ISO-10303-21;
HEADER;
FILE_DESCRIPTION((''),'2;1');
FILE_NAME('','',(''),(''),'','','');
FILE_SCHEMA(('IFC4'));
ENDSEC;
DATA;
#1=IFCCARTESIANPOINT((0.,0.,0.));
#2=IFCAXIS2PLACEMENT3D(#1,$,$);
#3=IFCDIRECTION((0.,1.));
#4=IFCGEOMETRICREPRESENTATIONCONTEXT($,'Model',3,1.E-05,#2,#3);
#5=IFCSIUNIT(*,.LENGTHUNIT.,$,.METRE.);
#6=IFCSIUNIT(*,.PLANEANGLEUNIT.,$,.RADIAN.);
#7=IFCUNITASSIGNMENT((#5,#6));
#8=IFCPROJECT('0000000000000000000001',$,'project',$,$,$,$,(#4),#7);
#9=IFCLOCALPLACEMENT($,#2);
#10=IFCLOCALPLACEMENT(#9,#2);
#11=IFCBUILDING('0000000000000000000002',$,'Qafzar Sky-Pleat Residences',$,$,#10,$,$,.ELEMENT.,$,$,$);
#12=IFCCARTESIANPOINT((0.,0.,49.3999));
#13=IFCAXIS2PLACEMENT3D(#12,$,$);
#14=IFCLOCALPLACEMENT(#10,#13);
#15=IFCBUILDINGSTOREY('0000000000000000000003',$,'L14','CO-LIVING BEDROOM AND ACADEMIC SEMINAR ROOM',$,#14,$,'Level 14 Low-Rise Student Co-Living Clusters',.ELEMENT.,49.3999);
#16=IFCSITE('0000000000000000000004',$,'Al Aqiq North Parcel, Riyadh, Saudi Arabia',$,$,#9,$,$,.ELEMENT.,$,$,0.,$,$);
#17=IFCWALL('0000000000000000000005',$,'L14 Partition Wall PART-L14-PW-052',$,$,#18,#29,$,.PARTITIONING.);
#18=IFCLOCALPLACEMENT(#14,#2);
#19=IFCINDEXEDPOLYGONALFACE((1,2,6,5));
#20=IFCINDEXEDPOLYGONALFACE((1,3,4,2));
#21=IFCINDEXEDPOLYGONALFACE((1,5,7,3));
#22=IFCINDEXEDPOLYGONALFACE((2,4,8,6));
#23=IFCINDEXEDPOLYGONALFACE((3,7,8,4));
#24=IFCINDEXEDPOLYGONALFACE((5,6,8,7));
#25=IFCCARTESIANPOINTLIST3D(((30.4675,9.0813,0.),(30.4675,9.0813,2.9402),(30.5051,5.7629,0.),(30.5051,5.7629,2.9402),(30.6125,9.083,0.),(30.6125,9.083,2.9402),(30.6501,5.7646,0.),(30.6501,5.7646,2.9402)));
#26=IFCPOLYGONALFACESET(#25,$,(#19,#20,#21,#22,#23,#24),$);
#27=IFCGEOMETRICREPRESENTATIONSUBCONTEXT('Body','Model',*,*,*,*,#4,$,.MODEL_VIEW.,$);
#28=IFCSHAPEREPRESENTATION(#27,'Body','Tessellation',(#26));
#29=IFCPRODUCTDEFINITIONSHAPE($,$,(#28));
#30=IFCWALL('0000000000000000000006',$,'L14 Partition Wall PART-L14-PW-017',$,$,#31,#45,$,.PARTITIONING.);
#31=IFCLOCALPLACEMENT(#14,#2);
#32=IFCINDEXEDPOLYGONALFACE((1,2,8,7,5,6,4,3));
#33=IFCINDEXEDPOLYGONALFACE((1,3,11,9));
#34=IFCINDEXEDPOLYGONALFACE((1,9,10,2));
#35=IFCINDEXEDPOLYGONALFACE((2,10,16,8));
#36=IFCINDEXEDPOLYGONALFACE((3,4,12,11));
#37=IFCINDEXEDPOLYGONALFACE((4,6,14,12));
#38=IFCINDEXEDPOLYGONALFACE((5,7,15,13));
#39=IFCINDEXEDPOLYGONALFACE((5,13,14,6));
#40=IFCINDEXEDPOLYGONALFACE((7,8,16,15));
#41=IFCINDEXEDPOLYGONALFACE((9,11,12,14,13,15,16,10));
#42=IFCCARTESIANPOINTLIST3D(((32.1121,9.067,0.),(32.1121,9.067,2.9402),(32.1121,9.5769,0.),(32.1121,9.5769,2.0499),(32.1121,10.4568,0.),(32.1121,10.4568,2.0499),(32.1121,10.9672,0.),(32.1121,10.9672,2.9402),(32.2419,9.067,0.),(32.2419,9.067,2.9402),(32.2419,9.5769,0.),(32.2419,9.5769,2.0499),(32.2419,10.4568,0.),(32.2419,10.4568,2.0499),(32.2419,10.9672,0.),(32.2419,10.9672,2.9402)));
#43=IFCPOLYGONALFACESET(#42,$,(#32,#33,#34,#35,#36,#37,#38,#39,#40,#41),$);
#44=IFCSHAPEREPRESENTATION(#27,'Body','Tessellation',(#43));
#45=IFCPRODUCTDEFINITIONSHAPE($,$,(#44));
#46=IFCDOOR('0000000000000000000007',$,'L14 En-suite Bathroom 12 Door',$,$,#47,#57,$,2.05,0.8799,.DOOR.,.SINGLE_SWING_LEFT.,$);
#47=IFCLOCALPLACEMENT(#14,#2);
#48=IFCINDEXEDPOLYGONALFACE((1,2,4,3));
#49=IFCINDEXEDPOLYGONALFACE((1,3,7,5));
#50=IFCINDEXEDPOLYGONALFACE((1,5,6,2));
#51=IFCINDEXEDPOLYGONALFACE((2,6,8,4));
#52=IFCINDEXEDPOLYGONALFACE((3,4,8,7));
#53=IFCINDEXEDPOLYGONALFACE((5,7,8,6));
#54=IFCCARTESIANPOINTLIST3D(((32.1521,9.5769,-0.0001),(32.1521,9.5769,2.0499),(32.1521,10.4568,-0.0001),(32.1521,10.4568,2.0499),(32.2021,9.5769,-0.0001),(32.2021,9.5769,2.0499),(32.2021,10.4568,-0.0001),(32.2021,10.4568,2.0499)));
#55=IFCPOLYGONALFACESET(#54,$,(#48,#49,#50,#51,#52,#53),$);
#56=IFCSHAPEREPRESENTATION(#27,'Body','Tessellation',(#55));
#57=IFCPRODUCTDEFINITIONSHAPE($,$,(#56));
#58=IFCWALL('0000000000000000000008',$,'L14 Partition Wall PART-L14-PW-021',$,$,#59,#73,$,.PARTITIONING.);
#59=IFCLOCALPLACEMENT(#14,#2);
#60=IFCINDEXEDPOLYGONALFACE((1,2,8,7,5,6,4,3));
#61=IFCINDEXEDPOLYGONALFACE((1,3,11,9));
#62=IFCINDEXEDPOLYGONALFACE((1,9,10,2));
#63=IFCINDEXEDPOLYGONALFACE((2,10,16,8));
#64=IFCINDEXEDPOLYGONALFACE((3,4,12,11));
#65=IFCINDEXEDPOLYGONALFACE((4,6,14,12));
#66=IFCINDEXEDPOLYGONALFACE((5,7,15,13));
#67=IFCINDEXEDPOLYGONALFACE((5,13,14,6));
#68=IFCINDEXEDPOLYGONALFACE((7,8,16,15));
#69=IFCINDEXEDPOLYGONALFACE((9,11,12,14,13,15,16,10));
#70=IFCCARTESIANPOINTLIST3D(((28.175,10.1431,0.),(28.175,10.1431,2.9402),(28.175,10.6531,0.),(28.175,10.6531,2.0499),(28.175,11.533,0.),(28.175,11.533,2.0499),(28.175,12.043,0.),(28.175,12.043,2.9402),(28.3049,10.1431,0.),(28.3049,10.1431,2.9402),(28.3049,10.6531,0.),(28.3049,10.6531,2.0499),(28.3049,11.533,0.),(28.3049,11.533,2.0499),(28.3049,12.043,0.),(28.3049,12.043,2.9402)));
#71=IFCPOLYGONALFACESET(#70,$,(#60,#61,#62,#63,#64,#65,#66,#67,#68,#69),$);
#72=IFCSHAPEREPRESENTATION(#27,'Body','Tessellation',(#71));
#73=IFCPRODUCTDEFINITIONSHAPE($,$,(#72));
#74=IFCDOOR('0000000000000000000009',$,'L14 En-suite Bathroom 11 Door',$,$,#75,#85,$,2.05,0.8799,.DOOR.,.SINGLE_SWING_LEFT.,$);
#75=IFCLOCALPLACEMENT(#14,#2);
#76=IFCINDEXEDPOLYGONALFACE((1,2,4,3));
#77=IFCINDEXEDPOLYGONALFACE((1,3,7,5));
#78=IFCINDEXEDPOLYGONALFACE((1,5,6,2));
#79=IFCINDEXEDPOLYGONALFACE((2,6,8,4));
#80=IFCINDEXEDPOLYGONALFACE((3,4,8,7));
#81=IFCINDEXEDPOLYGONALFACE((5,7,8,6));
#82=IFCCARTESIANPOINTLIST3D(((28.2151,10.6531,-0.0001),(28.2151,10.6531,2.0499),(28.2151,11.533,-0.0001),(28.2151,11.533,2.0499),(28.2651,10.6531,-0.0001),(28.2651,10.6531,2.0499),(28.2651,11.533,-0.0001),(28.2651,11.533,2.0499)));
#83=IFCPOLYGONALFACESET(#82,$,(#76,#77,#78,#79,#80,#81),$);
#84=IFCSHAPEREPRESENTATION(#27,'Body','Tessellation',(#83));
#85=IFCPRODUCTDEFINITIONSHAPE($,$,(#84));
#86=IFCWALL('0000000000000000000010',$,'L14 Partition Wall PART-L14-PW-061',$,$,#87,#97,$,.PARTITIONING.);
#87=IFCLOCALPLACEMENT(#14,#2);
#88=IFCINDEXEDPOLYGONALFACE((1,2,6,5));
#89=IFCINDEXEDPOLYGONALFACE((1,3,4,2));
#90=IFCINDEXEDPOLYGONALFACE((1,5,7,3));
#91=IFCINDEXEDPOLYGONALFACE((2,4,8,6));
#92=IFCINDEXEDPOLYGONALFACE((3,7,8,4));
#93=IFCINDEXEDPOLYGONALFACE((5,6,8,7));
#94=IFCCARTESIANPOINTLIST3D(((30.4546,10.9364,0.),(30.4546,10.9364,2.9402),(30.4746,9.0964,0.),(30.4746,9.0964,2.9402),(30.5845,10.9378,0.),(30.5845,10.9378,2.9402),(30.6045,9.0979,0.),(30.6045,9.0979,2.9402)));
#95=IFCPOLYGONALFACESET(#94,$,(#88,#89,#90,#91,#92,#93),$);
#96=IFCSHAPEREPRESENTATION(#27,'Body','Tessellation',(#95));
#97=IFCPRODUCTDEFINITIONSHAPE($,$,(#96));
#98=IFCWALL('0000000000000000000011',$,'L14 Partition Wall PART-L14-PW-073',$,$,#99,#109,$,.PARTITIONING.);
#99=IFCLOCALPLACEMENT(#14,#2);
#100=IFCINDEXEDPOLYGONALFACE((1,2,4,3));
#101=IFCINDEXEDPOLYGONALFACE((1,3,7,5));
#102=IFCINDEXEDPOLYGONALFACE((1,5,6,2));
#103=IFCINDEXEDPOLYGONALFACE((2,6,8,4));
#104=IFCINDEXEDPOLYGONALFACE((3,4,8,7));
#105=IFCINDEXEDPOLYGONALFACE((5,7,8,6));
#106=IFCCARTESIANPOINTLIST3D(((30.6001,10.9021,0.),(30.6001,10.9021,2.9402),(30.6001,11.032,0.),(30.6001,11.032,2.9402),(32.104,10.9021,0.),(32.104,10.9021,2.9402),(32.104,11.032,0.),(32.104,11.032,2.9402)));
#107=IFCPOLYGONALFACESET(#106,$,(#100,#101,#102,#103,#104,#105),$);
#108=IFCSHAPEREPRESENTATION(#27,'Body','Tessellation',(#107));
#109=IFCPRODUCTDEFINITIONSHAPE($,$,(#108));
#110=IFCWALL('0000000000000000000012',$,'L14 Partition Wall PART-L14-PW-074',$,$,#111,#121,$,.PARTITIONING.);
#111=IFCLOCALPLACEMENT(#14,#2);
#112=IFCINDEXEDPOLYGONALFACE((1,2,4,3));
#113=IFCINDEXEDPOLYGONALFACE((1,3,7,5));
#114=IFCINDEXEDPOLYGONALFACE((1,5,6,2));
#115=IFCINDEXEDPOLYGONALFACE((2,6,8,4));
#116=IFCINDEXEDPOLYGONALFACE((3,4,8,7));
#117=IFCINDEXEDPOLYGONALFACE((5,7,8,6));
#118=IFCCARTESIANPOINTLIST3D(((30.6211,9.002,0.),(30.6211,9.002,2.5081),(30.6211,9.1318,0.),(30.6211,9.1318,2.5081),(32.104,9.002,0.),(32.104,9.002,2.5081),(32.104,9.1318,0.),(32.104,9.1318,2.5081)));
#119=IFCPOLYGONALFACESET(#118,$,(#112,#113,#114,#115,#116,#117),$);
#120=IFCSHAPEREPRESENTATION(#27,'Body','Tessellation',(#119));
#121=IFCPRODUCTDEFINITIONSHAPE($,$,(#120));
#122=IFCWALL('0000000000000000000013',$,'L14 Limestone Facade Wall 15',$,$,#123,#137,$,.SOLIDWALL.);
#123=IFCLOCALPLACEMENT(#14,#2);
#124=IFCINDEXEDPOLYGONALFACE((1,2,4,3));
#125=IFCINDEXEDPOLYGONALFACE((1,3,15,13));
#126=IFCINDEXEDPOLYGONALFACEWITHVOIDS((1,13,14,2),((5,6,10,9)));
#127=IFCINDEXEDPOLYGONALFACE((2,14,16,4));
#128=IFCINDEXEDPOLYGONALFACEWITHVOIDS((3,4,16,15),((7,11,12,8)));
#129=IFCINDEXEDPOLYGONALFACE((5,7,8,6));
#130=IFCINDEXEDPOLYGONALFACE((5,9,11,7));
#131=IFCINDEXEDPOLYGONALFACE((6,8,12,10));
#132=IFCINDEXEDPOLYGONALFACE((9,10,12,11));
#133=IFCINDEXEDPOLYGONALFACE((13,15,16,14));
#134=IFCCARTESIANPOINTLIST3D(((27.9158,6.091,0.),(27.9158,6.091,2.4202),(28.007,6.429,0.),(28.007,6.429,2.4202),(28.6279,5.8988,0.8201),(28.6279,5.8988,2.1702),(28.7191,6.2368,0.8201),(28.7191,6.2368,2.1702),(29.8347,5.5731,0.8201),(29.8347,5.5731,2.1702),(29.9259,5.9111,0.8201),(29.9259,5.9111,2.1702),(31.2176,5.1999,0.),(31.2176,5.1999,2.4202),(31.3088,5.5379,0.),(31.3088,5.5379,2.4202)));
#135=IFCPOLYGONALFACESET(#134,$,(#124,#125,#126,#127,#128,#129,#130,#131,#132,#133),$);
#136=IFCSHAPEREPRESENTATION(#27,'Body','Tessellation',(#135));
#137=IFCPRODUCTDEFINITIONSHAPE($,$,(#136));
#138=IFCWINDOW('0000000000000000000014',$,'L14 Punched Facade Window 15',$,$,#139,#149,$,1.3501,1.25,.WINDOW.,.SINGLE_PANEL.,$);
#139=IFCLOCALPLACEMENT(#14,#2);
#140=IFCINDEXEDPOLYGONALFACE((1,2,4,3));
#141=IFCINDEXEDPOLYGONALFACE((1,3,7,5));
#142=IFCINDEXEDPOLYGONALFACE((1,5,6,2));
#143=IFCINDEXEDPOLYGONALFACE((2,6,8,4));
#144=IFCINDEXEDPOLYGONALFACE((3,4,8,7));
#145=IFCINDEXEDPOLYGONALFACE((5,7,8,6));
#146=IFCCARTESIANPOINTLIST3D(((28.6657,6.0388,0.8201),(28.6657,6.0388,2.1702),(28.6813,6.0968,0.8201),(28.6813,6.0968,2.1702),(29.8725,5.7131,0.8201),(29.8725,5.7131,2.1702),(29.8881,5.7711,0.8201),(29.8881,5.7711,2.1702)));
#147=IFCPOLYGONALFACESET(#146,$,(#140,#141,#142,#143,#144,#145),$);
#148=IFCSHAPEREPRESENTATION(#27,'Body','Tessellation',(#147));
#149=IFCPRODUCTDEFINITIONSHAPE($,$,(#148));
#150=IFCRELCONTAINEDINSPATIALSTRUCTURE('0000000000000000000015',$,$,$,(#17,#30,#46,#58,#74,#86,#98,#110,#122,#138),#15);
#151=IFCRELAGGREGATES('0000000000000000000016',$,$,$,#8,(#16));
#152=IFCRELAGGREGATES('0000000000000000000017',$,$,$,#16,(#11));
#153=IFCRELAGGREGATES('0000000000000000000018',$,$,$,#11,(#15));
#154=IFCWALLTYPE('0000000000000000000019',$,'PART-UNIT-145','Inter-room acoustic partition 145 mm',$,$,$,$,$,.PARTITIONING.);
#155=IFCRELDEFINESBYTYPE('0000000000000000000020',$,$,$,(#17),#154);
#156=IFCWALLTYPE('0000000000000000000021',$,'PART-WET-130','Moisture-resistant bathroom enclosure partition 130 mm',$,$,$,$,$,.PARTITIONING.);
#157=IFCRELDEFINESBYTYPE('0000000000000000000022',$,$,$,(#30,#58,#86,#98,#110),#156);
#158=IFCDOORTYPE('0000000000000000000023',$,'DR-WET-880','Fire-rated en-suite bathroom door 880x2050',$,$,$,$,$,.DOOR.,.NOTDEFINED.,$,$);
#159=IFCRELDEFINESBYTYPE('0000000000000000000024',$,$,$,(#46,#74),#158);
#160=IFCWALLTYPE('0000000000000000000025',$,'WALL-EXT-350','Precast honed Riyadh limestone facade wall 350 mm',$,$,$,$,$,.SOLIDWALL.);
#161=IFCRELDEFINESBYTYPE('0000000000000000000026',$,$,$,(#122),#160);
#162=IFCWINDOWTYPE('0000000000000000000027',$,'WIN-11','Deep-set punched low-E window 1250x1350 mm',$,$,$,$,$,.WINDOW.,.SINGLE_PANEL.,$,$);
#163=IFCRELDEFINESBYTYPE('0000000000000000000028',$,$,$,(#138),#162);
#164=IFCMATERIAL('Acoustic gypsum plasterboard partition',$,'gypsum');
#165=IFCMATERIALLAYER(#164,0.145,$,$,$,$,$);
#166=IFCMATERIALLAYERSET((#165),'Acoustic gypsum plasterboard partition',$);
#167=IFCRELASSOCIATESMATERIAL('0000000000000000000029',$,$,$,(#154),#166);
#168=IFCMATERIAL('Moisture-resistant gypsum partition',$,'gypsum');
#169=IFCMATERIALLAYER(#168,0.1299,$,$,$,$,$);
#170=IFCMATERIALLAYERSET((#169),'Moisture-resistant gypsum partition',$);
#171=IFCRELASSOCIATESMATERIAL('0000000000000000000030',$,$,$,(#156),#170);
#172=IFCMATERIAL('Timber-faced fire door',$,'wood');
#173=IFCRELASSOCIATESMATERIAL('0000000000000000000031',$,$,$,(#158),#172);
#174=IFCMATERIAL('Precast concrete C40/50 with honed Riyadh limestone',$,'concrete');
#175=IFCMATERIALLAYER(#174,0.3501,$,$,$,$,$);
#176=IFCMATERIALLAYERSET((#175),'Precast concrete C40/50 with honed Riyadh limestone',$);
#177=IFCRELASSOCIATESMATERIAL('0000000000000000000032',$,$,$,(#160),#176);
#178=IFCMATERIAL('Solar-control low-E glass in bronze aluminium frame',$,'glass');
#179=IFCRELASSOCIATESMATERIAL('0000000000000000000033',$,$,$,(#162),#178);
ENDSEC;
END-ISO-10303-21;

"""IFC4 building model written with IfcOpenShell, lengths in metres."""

from ifc_helpers import new_model, si_unit, direction, frame, frame_2d, origin, place, context, subcontext, project, spatial, rectangle, extrude, source, transform, mapped, material, layer, layer_set, type_object, element, fill, save


model = new_model("IFC4")

# Units and contexts
model_context = context("Model", 3, precision=1e-05, world=origin(), true_north=direction((0.0, 1.0)))
body_context = subcontext(model_context, "Body", "Model", "MODEL_VIEW")
ifc_project = project(units=[si_unit("LENGTHUNIT", "METRE"), si_unit("PLANEANGLEUNIT", "RADIAN")], contexts=[model_context])

# Site, building, storey
site_placement = place(None, origin())
site = spatial("IfcSite", under=ifc_project, at=site_placement, Name="Al Aqiq North Parcel, Riyadh, Saudi Arabia", CompositionType="ELEMENT", RefElevation=0.0)
building_placement = place(site_placement, origin())
building = spatial("IfcBuilding", under=site, at=building_placement, Name="Qafzar Sky-Pleat Residences", CompositionType="ELEMENT")
storey_placement = place(building_placement, frame((0.0, 0.0, 49.3999)))
storey = spatial("IfcBuildingStorey", under=building, at=storey_placement, Name="L14", Description="CO-LIVING BEDROOM AND ACADEMIC SEMINAR ROOM", LongName="Level 14 Low-Rise Student Co-Living Clusters", CompositionType="ELEMENT", Elevation=49.3999)

# Shared definitions
ifc_material_1 = material(Name="Acoustic gypsum plasterboard partition", Category="gypsum")
ifc_material_2 = material(Name="Timber-faced fire door", Category="wood")

# Wall
ifc_layer_1 = layer(ifc_material_1, 0.145)
ifc_layer_set_1 = layer_set([ifc_layer_1], Name="Acoustic gypsum plasterboard partition")
wall_type_1 = type_object("IfcWallType", Name="PART-UNIT-145", Description="Inter-room acoustic partition 145 mm", PredefinedType="PARTITIONING", material=ifc_layer_set_1)
wall_1_placement = place(storey_placement, frame((30.54, 9.082, 0.0), z_axis=(0.0, 0.0, 1.0), x_axis=(0.011329, -0.999936, 0.0)))
element("IfcWall", 1, at=wall_1_placement, inside=storey, type_object=wall_type_1, Name="L14 Partition Wall PART-L14-PW-052", PredefinedType="PARTITIONING", context=body_context, shape_type="SweptSolid", body=[
    extrude(rectangle(XDim=3.3186, YDim=0.145, at=frame_2d((1.6592, 0.0))), origin(), (0.0, 0.0, 1.0), 2.9402),
])

# Walls, openings, doors
ifc_material_3 = material(Name="Moisture-resistant gypsum partition", Category="gypsum")
ifc_layer_2 = layer(ifc_material_3, 0.1299)
ifc_layer_set_2 = layer_set([ifc_layer_2], Name="Moisture-resistant gypsum partition")
wall_type_2 = type_object("IfcWallType", Name="PART-WET-130", Description="Moisture-resistant bathroom enclosure partition 130 mm", PredefinedType="PARTITIONING", material=ifc_layer_set_2)
wall_2_placement = place(storey_placement, frame((32.177, 9.0669, 0.0), z_axis=(0.0, 0.0, 1.0), x_axis=(0.0, 1.0, 0.0)))
wall_2 = element("IfcWall", 2, at=wall_2_placement, inside=storey, type_object=wall_type_2, Name="L14 Partition Wall PART-L14-PW-017", PredefinedType="PARTITIONING", context=body_context, shape_type="SweptSolid", body=[
    extrude(rectangle(XDim=1.9001, YDim=0.1299, at=frame_2d((0.9502, 0.0))), origin(), (0.0, 0.0, 1.0), 2.9402),
])
opening_1_placement = place(wall_2_placement, frame((0.51, 0.0, 0.0)))
opening_1 = element("IfcOpeningElement", 3, at=opening_1_placement, cuts=wall_2, PredefinedType="OPENING", context=body_context, shape_type="SweptSolid", body=[
    extrude(rectangle(XDim=0.8799, YDim=2.05, at=frame_2d((0.4399, 1.0249))), frame((0.0, 0.075, 0.0), z_axis=(0.0, -1.0, 0.0), x_axis=(1.0, 0.0, 0.0)), (0.0, 0.0, 1.0), 0.1499),
])
door_type_1 = type_object("IfcDoorType", Name="DR-WET-880", Description="Fire-rated en-suite bathroom door 880x2050", OperationType="NOTDEFINED", PredefinedType="DOOR", material=ifc_material_2)
shared_shape_1 = source(origin(), body_context, "Body", "SweptSolid", [
    extrude(rectangle(XDim=0.8799, YDim=2.05, at=frame_2d((0.4399, 1.0249))), frame((0.0, 0.0249, 0.0), z_axis=(0.0, -1.0, 0.0), x_axis=(1.0, 0.0, 0.0)), (0.0, 0.0, 1.0), 0.05),
])
door_1_placement = place(opening_1_placement, origin())
door_1 = element("IfcDoor", 4, at=door_1_placement, inside=storey, type_object=door_type_1, Name="L14 En-suite Bathroom 12 Door", OperationType="SINGLE_SWING_LEFT", OverallHeight=2.05, OverallWidth=0.8799, PredefinedType="DOOR", context=body_context, shape_type="MappedRepresentation", body=[
    mapped(shared_shape_1, transform((0.0, 0.0, 0.0), x_axis=(1.0, 0.0, 0.0), y_axis=(0.0, 1.0, 0.0), z_axis=(0.0, 0.0, 1.0), scale=1.0)),
])
fill(opening_1, door_1)
wall_3_placement = place(storey_placement, frame((28.24, 10.1431, 0.0), z_axis=(0.0, 0.0, 1.0), x_axis=(0.0, 1.0, 0.0)))
wall_3 = element("IfcWall", 5, at=wall_3_placement, inside=storey, type_object=wall_type_2, Name="L14 Partition Wall PART-L14-PW-021", PredefinedType="PARTITIONING", context=body_context, shape_type="SweptSolid", body=[
    extrude(rectangle(XDim=1.8999, YDim=0.1299, at=frame_2d((0.95, 0.0))), origin(), (0.0, 0.0, 1.0), 2.9402),
])
opening_2_placement = place(wall_3_placement, frame((0.51, 0.0, 0.0)))
opening_2 = element("IfcOpeningElement", 6, at=opening_2_placement, cuts=wall_3, PredefinedType="OPENING", context=body_context, shape_type="SweptSolid", body=[
    extrude(rectangle(XDim=0.8799, YDim=2.05, at=frame_2d((0.4399, 1.0249))), frame((0.0, 0.075, 0.0), z_axis=(0.0, -1.0, 0.0), x_axis=(1.0, 0.0, 0.0)), (0.0, 0.0, 1.0), 0.1499),
])
door_2_placement = place(opening_2_placement, origin())
door_2 = element("IfcDoor", 7, at=door_2_placement, inside=storey, type_object=door_type_1, Name="L14 En-suite Bathroom 11 Door", OperationType="SINGLE_SWING_LEFT", OverallHeight=2.05, OverallWidth=0.8799, PredefinedType="DOOR", context=body_context, shape_type="MappedRepresentation", body=[
    mapped(shared_shape_1, transform((0.0, 0.0, 0.0), x_axis=(1.0, 0.0, 0.0), y_axis=(0.0, 1.0, 0.0), z_axis=(0.0, 0.0, 1.0), scale=1.0)),
])
fill(opening_2, door_2)

# Walls
wall_4_placement = place(storey_placement, frame((30.5195, 10.937, 0.0), z_axis=(0.0, 0.0, 1.0), x_axis=(0.010879, -0.999941, 0.0)))
element("IfcWall", 8, at=wall_4_placement, inside=storey, type_object=wall_type_2, Name="L14 Partition Wall PART-L14-PW-061", PredefinedType="PARTITIONING", context=body_context, shape_type="SweptSolid", body=[
    extrude(rectangle(XDim=1.8401, YDim=0.1299, at=frame_2d((0.9199, 0.0))), origin(), (0.0, 0.0, 1.0), 2.9402),
])
wall_5_placement = place(storey_placement, frame((30.6001, 10.967, 0.0), z_axis=(0.0, 0.0, 1.0), x_axis=(1.0, 0.0, 0.0)))
element("IfcWall", 9, at=wall_5_placement, inside=storey, type_object=wall_type_2, Name="L14 Partition Wall PART-L14-PW-073", PredefinedType="PARTITIONING", context=body_context, shape_type="SweptSolid", body=[
    extrude(rectangle(XDim=1.5039, YDim=0.1299, at=frame_2d((0.752, 0.0))), origin(), (0.0, 0.0, 1.0), 2.9402),
])
wall_6_placement = place(storey_placement, frame((30.6211, 9.0669, 0.0), z_axis=(0.0, 0.0, 1.0), x_axis=(1.0, 0.0, 0.0)))
element("IfcWall", 10, at=wall_6_placement, inside=storey, type_object=wall_type_2, Name="L14 Partition Wall PART-L14-PW-074", PredefinedType="PARTITIONING", context=body_context, shape_type="SweptSolid", body=[
    extrude(rectangle(XDim=1.4829, YDim=0.1299, at=frame_2d((0.7415, 0.0))), origin(), (0.0, 0.0, 1.0), 2.5081),
])

# Wall, opening, window
ifc_material_4 = material(Name="Precast concrete C40/50 with honed Riyadh limestone", Category="concrete")
ifc_layer_3 = layer(ifc_material_4, 0.3501)
ifc_layer_set_3 = layer_set([ifc_layer_3], Name="Precast concrete C40/50 with honed Riyadh limestone")
wall_type_3 = type_object("IfcWallType", Name="WALL-EXT-350", Description="Precast honed Riyadh limestone facade wall 350 mm", PredefinedType="SOLIDWALL", material=ifc_layer_set_3)
wall_7_placement = place(storey_placement, frame((27.9614, 6.26, 0.0), z_axis=(0.0, 0.0, 1.0), x_axis=(0.965456, -0.260567, 0.0)))
wall_7 = element("IfcWall", 11, at=wall_7_placement, inside=storey, type_object=wall_type_3, Name="L14 Limestone Facade Wall 15", PredefinedType="SOLIDWALL", context=body_context, shape_type="SweptSolid", body=[
    extrude(rectangle(XDim=3.4199, YDim=0.3501, at=frame_2d((1.71, 0.0))), origin(), (0.0, 0.0, 1.0), 2.4202),
])
opening_3_placement = place(wall_7_placement, frame((0.7375, 0.0, 0.8201)))
opening_3 = element("IfcOpeningElement", 12, at=opening_3_placement, cuts=wall_7, PredefinedType="OPENING", context=body_context, shape_type="SweptSolid", body=[
    extrude(rectangle(XDim=1.25, YDim=1.3501, at=frame_2d((0.625, 0.675))), frame((0.0, 0.1851, 0.0), z_axis=(0.0, -1.0, 0.0), x_axis=(1.0, 0.0, 0.0)), (0.0, 0.0, 1.0), 0.3701),
])
ifc_material_5 = material(Name="Solar-control low-E glass in bronze aluminium frame", Category="glass")
window_type_1 = type_object("IfcWindowType", Name="WIN-11", Description="Deep-set punched low-E window 1250x1350 mm", PartitioningType="SINGLE_PANEL", PredefinedType="WINDOW", material=ifc_material_5)
shared_shape_2 = source(origin(), body_context, "Body", "SweptSolid", [
    extrude(rectangle(XDim=1.25, YDim=1.3501, at=frame_2d((0.625, 0.675))), frame((0.0, 0.03, 0.0), z_axis=(0.0, -1.0, 0.0), x_axis=(1.0, 0.0, 0.0)), (0.0, 0.0, 1.0), 0.0601),
])
window_1_placement = place(opening_3_placement, origin())
window_1 = element("IfcWindow", 13, at=window_1_placement, inside=storey, type_object=window_type_1, Name="L14 Punched Facade Window 15", OverallHeight=1.3501, OverallWidth=1.25, PartitioningType="SINGLE_PANEL", PredefinedType="WINDOW", context=body_context, shape_type="MappedRepresentation", body=[
    mapped(shared_shape_2, transform((0.0, 0.0, 0.0), x_axis=(1.0, 0.0, 0.0), y_axis=(0.0, 1.0, 0.0), z_axis=(0.0, 0.0, 1.0), scale=1.0)),
])
fill(opening_3, window_1)

save(model, "model.ifc")
